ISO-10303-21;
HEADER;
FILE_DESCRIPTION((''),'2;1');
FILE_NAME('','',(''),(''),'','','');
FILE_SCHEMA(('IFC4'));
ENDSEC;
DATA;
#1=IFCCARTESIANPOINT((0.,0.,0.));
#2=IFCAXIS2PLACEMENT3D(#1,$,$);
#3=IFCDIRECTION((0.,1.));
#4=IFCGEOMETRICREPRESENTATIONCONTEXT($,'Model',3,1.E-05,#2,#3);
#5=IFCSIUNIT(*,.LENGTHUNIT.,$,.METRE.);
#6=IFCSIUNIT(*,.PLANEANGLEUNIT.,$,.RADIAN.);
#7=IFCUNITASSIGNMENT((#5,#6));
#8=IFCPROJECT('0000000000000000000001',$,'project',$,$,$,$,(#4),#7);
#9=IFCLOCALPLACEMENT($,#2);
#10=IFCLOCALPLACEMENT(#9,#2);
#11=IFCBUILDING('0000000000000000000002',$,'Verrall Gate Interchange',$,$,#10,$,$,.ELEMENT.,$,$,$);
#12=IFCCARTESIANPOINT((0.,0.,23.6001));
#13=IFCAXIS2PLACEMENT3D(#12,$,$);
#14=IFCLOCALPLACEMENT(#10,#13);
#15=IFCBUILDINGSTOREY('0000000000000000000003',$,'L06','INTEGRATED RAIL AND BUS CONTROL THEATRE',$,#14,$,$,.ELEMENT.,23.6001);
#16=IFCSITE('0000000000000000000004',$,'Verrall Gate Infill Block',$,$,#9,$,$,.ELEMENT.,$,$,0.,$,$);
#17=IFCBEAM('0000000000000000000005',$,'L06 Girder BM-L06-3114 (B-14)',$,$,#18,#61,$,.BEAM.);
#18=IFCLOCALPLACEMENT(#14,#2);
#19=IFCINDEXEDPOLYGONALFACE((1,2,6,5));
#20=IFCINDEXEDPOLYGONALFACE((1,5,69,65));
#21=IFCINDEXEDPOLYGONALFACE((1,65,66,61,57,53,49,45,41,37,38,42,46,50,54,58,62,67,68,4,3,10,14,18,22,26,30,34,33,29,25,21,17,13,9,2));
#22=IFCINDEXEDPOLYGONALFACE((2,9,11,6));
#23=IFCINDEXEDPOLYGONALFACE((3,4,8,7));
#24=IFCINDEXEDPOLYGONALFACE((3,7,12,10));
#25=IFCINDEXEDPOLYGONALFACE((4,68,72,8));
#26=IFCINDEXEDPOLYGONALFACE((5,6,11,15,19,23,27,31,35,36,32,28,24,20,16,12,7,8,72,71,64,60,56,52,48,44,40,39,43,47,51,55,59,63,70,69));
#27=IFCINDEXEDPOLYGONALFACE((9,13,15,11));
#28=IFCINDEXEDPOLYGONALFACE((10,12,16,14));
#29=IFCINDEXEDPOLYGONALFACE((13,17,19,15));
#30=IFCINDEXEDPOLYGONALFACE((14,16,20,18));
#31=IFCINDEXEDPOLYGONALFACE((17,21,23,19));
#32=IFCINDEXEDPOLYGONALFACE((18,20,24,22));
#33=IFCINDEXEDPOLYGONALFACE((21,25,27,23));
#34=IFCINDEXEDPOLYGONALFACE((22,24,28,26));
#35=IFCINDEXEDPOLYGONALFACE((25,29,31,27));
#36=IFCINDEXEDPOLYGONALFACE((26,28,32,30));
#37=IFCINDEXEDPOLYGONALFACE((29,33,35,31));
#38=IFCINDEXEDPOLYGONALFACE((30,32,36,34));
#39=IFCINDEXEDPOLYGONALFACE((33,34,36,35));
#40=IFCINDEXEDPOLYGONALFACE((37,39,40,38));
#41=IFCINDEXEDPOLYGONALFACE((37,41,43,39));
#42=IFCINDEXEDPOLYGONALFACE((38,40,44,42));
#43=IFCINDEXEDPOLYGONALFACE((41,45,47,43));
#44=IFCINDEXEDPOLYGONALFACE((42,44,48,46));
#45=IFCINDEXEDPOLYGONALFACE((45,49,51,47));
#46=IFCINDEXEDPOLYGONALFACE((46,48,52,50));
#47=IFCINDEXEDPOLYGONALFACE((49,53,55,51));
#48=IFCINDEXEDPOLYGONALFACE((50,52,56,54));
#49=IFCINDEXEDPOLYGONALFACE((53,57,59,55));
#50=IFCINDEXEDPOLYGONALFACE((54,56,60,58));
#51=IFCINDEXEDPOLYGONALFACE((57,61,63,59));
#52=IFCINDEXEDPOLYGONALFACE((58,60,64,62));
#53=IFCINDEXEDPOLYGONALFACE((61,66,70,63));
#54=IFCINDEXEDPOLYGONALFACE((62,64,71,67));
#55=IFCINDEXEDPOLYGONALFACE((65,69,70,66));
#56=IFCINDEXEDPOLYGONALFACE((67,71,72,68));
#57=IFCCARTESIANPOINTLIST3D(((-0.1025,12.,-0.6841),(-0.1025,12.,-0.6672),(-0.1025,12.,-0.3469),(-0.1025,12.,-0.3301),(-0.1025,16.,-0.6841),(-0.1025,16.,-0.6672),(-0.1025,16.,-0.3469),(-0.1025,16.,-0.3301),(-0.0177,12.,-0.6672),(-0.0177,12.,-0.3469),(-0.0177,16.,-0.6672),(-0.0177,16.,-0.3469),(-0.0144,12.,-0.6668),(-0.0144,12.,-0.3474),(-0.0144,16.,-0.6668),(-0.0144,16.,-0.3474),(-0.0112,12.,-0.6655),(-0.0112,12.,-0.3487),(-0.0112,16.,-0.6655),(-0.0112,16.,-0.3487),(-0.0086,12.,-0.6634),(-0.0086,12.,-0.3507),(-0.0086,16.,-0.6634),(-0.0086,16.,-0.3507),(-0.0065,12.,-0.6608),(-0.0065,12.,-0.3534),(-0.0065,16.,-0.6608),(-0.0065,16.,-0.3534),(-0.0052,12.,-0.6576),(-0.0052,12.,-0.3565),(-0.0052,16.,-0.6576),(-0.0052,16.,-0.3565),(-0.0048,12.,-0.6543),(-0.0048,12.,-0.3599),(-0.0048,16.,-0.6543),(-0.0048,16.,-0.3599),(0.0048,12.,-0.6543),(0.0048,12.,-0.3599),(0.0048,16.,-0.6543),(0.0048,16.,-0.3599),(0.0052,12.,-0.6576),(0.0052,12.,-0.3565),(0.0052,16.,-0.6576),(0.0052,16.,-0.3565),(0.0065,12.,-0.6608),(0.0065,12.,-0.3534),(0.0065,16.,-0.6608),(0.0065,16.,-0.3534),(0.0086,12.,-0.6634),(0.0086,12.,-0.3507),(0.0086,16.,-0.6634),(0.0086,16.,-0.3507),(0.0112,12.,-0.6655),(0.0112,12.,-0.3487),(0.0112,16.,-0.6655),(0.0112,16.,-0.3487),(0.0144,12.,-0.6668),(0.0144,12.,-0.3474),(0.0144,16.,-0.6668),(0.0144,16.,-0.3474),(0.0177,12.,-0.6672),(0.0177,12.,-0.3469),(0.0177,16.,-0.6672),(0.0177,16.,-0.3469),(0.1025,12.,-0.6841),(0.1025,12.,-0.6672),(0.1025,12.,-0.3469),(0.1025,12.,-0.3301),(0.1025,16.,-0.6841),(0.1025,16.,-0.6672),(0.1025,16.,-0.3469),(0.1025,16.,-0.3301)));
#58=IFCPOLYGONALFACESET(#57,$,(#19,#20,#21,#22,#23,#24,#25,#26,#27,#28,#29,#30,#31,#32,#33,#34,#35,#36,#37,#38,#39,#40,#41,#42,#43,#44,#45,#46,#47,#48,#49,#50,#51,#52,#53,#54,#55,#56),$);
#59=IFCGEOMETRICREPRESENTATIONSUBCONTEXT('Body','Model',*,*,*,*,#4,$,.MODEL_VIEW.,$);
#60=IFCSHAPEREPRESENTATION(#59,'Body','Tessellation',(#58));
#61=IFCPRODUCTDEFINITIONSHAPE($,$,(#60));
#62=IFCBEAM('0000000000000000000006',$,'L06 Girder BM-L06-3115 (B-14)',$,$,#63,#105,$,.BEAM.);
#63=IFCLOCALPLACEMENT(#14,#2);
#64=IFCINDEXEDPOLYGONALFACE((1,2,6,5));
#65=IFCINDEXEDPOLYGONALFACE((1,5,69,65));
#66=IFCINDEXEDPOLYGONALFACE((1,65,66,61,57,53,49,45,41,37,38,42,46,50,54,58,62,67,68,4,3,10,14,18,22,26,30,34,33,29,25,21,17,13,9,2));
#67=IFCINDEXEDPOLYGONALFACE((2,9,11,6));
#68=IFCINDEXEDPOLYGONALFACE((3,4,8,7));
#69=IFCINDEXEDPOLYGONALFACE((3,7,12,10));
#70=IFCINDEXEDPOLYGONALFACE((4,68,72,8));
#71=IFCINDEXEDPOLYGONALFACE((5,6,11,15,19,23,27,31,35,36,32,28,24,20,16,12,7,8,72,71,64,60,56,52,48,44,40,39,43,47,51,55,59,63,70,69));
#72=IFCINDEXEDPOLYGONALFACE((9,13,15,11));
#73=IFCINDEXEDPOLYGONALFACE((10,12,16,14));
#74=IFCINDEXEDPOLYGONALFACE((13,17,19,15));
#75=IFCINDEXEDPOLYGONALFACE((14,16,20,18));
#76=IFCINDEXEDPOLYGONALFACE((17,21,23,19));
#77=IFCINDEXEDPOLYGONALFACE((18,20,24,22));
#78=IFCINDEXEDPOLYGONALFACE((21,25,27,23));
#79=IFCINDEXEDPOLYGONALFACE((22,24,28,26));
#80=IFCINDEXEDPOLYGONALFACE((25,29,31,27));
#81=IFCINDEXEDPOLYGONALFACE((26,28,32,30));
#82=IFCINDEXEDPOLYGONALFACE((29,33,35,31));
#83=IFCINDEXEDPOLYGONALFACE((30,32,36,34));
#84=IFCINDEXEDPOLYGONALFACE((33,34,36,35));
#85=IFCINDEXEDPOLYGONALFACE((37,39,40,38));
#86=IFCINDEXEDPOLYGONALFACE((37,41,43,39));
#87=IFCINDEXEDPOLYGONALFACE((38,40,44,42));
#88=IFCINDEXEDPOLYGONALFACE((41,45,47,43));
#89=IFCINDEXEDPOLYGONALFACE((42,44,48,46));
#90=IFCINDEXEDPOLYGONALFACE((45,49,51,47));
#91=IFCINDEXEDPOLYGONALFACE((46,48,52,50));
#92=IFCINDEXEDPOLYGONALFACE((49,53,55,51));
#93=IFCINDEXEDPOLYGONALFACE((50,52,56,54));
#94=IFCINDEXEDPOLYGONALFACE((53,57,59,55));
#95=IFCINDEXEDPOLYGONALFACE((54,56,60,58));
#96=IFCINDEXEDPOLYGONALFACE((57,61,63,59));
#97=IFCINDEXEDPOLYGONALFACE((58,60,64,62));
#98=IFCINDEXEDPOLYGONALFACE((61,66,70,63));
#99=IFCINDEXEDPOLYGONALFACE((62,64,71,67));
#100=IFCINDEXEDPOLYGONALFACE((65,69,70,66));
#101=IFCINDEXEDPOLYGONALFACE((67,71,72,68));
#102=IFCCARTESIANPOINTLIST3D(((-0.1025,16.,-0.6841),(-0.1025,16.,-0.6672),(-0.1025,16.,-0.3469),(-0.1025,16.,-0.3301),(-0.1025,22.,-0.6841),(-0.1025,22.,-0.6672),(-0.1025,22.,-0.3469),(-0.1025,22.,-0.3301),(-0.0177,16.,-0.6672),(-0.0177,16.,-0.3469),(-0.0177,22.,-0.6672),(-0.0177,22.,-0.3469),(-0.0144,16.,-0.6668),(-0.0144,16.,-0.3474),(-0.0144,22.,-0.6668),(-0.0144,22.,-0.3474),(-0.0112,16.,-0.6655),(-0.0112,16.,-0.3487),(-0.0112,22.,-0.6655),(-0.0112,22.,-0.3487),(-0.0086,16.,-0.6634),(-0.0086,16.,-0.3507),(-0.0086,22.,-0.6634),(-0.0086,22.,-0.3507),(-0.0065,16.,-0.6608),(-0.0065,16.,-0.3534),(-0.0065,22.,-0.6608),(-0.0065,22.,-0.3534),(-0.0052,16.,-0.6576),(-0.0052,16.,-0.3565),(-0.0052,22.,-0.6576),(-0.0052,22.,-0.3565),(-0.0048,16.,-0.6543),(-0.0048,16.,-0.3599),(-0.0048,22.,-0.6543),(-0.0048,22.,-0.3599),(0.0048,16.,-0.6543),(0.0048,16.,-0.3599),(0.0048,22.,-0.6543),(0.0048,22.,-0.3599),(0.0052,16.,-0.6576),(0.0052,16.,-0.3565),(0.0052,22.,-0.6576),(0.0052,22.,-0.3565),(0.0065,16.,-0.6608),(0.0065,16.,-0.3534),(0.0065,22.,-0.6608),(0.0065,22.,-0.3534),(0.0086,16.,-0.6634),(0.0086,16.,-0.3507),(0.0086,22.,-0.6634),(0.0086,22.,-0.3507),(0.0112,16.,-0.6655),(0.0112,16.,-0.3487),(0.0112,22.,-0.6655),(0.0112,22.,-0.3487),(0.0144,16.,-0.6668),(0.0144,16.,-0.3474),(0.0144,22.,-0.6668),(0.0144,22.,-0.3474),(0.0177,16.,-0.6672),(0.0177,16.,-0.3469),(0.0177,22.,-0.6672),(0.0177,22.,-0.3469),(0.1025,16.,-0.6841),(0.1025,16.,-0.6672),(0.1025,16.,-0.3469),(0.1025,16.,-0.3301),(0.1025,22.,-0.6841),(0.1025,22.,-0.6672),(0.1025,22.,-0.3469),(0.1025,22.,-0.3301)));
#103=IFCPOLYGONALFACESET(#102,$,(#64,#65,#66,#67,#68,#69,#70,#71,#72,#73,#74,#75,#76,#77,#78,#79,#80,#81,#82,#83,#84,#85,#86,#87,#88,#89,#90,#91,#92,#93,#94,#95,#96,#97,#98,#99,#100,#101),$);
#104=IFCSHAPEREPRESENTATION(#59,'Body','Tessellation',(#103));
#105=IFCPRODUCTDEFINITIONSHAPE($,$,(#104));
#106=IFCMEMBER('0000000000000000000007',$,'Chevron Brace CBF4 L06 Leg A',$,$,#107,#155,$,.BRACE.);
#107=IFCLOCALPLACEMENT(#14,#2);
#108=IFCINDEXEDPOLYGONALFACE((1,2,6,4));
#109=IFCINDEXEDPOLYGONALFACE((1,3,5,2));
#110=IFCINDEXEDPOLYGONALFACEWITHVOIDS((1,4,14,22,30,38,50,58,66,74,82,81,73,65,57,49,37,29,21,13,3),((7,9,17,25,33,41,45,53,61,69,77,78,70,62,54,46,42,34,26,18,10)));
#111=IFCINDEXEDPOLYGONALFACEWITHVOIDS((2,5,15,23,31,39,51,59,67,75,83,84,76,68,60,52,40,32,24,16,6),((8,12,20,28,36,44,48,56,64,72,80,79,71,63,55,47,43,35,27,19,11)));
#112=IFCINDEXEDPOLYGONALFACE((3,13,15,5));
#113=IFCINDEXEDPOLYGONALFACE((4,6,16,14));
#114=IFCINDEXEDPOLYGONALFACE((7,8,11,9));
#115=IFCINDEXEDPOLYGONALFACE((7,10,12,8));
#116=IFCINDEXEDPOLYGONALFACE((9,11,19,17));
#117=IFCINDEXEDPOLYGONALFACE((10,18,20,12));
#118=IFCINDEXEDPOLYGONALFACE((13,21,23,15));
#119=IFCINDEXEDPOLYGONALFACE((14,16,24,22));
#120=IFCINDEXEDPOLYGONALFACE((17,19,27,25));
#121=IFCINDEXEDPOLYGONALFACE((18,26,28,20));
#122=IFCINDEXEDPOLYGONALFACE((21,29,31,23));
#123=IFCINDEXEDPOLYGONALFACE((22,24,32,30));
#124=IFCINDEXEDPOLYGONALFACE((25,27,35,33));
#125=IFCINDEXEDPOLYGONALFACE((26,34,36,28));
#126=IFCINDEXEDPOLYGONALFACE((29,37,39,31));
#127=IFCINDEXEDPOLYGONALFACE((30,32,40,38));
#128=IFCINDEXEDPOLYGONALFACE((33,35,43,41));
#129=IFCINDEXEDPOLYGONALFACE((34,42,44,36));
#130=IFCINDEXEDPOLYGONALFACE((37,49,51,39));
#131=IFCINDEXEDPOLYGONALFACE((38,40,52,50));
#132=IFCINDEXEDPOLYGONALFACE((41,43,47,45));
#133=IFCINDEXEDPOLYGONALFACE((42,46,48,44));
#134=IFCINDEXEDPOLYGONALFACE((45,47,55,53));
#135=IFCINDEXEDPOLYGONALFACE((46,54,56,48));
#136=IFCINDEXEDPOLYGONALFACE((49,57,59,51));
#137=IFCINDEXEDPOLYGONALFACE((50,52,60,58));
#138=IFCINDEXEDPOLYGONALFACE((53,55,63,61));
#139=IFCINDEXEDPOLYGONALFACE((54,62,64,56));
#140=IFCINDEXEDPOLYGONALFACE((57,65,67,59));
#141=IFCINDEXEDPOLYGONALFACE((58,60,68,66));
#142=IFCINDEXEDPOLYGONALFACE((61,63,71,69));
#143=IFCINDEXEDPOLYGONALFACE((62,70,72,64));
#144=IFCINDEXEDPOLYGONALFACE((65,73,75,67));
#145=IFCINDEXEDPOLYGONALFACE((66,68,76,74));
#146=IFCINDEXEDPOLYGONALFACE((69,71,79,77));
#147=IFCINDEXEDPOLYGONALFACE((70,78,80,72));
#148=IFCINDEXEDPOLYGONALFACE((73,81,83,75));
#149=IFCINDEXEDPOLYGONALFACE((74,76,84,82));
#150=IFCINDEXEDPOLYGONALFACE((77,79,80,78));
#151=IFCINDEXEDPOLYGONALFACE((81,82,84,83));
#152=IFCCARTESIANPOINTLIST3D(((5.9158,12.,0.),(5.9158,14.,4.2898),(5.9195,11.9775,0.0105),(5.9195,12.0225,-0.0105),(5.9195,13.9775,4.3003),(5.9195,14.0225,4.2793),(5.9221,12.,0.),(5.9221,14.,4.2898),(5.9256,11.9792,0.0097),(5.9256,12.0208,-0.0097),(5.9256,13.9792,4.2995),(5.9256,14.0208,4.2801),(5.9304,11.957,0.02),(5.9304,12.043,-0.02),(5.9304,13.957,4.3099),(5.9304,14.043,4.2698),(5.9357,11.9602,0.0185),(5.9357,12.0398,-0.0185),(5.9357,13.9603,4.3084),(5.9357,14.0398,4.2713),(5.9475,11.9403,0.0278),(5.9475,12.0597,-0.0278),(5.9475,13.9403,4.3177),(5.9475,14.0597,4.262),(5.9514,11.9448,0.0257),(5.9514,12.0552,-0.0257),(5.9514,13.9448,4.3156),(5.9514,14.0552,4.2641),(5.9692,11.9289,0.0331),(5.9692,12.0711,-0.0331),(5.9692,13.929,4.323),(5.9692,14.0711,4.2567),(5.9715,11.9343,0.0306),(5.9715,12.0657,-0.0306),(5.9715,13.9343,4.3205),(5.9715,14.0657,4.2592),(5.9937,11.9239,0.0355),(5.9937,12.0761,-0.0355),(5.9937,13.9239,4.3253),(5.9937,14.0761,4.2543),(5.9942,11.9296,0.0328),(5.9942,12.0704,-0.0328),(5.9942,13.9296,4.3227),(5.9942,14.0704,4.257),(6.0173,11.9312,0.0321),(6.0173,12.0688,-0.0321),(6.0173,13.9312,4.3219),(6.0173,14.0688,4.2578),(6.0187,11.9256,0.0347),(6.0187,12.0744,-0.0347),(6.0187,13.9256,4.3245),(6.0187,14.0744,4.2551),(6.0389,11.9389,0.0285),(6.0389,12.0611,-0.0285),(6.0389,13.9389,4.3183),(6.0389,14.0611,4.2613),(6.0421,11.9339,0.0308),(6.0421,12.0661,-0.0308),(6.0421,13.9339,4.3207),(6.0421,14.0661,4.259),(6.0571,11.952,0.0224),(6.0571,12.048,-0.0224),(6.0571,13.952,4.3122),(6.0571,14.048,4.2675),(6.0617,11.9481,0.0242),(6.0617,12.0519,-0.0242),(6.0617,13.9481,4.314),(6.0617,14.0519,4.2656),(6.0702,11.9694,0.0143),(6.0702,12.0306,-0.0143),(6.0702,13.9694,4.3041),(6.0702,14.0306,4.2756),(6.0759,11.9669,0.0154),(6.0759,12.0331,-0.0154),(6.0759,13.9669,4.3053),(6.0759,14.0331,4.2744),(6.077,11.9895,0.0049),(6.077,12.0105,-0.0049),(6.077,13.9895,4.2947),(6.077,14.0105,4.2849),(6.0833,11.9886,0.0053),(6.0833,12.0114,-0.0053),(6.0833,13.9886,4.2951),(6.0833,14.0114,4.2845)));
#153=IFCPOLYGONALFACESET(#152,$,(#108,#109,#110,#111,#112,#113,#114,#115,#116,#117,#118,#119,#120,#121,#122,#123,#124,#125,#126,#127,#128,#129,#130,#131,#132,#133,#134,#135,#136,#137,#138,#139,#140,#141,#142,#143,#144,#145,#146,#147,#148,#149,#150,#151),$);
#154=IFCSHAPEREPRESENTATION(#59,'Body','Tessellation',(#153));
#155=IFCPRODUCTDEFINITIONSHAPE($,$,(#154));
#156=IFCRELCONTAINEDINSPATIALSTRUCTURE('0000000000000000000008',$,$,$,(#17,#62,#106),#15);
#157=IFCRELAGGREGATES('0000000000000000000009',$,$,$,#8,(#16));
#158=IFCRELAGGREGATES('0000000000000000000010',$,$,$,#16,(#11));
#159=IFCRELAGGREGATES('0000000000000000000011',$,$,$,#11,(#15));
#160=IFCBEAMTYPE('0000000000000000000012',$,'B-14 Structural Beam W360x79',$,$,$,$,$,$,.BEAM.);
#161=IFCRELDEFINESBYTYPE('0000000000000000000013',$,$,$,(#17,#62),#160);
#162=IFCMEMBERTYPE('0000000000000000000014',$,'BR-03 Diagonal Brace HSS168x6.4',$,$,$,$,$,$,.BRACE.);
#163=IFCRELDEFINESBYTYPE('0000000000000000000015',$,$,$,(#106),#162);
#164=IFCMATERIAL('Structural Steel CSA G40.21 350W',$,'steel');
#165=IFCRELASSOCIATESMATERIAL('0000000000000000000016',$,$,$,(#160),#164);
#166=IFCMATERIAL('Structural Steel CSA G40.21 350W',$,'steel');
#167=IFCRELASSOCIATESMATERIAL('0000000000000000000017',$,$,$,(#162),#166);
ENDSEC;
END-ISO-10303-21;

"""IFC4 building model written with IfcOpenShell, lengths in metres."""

from ifc_helpers import new_model, si_unit, direction, frame, origin, origin_2d, place, context, subcontext, project, spatial, hollow_circle, i_section, extrude, material, material_profile, profile_set, type_object, element, save


model = new_model("IFC4")

# Units and contexts
model_context = context("Model", 3, precision=1e-05, world=origin(), true_north=direction((0.0, 1.0)))
body_context = subcontext(model_context, "Body", "Model", "MODEL_VIEW")
ifc_project = project(units=[si_unit("LENGTHUNIT", "METRE"), si_unit("PLANEANGLEUNIT", "RADIAN")], contexts=[model_context])

# Site, building, storey
site_placement = place(None, origin())
site = spatial("IfcSite", under=ifc_project, at=site_placement, Name="Verrall Gate Infill Block", CompositionType="ELEMENT", RefElevation=0.0)
building_placement = place(site_placement, origin())
building = spatial("IfcBuilding", under=site, at=building_placement, Name="Verrall Gate Interchange", CompositionType="ELEMENT")
storey_placement = place(building_placement, frame((0.0, 0.0, 23.6001)))
storey = spatial("IfcBuildingStorey", under=building, at=storey_placement, Name="L06", Description="INTEGRATED RAIL AND BUS CONTROL THEATRE", CompositionType="ELEMENT", Elevation=23.6001)

# Beams
ifc_material_1 = material(Name="Structural Steel CSA G40.21 350W", Category="steel")
ifc_material_profile_1 = material_profile(ifc_material_1, i_section(OverallWidth=0.2051, OverallDepth=0.354, WebThickness=0.0095, FlangeThickness=0.0168, FilletRadius=0.0129, at=origin_2d()), Name="W360x79")
ifc_profile_set_1 = profile_set([ifc_material_profile_1], Name="Structural Steel CSA G40.21 350W")
beam_type_1 = type_object("IfcBeamType", Name="B-14 Structural Beam W360x79", PredefinedType="BEAM", material=ifc_profile_set_1)
beam_1_placement = place(storey_placement, frame((0.0, 12.0, -0.5071), z_axis=(0.0, 1.0, 0.0), x_axis=(-1.0, 0.0, 0.0)))
element("IfcBeam", 1, at=beam_1_placement, inside=storey, type_object=beam_type_1, Name="L06 Girder BM-L06-3114 (B-14)", PredefinedType="BEAM", context=body_context, shape_type="SweptSolid", body=[
    extrude(i_section(OverallWidth=0.2051, OverallDepth=0.354, WebThickness=0.0095, FlangeThickness=0.0168, FilletRadius=0.0129, at=origin_2d()), origin(), (0.0, 0.0, 1.0), 4.0),
])
beam_2_placement = place(storey_placement, frame((0.0, 16.0, -0.5071), z_axis=(0.0, 1.0, 0.0), x_axis=(-1.0, 0.0, 0.0)))
element("IfcBeam", 2, at=beam_2_placement, inside=storey, type_object=beam_type_1, Name="L06 Girder BM-L06-3115 (B-14)", PredefinedType="BEAM", context=body_context, shape_type="SweptSolid", body=[
    extrude(i_section(OverallWidth=0.2051, OverallDepth=0.354, WebThickness=0.0095, FlangeThickness=0.0168, FilletRadius=0.0129, at=origin_2d()), origin(), (0.0, 0.0, 1.0), 6.0),
])

# Member
ifc_material_2 = material(Name="Structural Steel CSA G40.21 350W", Category="steel")
ifc_material_profile_2 = material_profile(ifc_material_2, hollow_circle(Radius=0.0842, WallThickness=0.0063, at=origin_2d()), Name="HSS168x6.4")
ifc_profile_set_2 = profile_set([ifc_material_profile_2], Name="Structural Steel CSA G40.21 350W")
member_type = type_object("IfcMemberType", Name="BR-03 Diagonal Brace HSS168x6.4", PredefinedType="BRACE", material=ifc_profile_set_2)
member_placement = place(storey_placement, frame((6.0, 12.0, 0.0), z_axis=(0.0, 0.422555, 0.906337), x_axis=(-1.0, 0.0, 0.0)))
element("IfcMember", 3, at=member_placement, inside=storey, type_object=member_type, Name="Chevron Brace CBF4 L06 Leg A", PredefinedType="BRACE", context=body_context, shape_type="SweptSolid", body=[
    extrude(hollow_circle(Radius=0.0842, WallThickness=0.0063, at=origin_2d()), origin(), (0.0, 0.0, 1.0), 4.7332),
])

save(model, "model.ifc")
